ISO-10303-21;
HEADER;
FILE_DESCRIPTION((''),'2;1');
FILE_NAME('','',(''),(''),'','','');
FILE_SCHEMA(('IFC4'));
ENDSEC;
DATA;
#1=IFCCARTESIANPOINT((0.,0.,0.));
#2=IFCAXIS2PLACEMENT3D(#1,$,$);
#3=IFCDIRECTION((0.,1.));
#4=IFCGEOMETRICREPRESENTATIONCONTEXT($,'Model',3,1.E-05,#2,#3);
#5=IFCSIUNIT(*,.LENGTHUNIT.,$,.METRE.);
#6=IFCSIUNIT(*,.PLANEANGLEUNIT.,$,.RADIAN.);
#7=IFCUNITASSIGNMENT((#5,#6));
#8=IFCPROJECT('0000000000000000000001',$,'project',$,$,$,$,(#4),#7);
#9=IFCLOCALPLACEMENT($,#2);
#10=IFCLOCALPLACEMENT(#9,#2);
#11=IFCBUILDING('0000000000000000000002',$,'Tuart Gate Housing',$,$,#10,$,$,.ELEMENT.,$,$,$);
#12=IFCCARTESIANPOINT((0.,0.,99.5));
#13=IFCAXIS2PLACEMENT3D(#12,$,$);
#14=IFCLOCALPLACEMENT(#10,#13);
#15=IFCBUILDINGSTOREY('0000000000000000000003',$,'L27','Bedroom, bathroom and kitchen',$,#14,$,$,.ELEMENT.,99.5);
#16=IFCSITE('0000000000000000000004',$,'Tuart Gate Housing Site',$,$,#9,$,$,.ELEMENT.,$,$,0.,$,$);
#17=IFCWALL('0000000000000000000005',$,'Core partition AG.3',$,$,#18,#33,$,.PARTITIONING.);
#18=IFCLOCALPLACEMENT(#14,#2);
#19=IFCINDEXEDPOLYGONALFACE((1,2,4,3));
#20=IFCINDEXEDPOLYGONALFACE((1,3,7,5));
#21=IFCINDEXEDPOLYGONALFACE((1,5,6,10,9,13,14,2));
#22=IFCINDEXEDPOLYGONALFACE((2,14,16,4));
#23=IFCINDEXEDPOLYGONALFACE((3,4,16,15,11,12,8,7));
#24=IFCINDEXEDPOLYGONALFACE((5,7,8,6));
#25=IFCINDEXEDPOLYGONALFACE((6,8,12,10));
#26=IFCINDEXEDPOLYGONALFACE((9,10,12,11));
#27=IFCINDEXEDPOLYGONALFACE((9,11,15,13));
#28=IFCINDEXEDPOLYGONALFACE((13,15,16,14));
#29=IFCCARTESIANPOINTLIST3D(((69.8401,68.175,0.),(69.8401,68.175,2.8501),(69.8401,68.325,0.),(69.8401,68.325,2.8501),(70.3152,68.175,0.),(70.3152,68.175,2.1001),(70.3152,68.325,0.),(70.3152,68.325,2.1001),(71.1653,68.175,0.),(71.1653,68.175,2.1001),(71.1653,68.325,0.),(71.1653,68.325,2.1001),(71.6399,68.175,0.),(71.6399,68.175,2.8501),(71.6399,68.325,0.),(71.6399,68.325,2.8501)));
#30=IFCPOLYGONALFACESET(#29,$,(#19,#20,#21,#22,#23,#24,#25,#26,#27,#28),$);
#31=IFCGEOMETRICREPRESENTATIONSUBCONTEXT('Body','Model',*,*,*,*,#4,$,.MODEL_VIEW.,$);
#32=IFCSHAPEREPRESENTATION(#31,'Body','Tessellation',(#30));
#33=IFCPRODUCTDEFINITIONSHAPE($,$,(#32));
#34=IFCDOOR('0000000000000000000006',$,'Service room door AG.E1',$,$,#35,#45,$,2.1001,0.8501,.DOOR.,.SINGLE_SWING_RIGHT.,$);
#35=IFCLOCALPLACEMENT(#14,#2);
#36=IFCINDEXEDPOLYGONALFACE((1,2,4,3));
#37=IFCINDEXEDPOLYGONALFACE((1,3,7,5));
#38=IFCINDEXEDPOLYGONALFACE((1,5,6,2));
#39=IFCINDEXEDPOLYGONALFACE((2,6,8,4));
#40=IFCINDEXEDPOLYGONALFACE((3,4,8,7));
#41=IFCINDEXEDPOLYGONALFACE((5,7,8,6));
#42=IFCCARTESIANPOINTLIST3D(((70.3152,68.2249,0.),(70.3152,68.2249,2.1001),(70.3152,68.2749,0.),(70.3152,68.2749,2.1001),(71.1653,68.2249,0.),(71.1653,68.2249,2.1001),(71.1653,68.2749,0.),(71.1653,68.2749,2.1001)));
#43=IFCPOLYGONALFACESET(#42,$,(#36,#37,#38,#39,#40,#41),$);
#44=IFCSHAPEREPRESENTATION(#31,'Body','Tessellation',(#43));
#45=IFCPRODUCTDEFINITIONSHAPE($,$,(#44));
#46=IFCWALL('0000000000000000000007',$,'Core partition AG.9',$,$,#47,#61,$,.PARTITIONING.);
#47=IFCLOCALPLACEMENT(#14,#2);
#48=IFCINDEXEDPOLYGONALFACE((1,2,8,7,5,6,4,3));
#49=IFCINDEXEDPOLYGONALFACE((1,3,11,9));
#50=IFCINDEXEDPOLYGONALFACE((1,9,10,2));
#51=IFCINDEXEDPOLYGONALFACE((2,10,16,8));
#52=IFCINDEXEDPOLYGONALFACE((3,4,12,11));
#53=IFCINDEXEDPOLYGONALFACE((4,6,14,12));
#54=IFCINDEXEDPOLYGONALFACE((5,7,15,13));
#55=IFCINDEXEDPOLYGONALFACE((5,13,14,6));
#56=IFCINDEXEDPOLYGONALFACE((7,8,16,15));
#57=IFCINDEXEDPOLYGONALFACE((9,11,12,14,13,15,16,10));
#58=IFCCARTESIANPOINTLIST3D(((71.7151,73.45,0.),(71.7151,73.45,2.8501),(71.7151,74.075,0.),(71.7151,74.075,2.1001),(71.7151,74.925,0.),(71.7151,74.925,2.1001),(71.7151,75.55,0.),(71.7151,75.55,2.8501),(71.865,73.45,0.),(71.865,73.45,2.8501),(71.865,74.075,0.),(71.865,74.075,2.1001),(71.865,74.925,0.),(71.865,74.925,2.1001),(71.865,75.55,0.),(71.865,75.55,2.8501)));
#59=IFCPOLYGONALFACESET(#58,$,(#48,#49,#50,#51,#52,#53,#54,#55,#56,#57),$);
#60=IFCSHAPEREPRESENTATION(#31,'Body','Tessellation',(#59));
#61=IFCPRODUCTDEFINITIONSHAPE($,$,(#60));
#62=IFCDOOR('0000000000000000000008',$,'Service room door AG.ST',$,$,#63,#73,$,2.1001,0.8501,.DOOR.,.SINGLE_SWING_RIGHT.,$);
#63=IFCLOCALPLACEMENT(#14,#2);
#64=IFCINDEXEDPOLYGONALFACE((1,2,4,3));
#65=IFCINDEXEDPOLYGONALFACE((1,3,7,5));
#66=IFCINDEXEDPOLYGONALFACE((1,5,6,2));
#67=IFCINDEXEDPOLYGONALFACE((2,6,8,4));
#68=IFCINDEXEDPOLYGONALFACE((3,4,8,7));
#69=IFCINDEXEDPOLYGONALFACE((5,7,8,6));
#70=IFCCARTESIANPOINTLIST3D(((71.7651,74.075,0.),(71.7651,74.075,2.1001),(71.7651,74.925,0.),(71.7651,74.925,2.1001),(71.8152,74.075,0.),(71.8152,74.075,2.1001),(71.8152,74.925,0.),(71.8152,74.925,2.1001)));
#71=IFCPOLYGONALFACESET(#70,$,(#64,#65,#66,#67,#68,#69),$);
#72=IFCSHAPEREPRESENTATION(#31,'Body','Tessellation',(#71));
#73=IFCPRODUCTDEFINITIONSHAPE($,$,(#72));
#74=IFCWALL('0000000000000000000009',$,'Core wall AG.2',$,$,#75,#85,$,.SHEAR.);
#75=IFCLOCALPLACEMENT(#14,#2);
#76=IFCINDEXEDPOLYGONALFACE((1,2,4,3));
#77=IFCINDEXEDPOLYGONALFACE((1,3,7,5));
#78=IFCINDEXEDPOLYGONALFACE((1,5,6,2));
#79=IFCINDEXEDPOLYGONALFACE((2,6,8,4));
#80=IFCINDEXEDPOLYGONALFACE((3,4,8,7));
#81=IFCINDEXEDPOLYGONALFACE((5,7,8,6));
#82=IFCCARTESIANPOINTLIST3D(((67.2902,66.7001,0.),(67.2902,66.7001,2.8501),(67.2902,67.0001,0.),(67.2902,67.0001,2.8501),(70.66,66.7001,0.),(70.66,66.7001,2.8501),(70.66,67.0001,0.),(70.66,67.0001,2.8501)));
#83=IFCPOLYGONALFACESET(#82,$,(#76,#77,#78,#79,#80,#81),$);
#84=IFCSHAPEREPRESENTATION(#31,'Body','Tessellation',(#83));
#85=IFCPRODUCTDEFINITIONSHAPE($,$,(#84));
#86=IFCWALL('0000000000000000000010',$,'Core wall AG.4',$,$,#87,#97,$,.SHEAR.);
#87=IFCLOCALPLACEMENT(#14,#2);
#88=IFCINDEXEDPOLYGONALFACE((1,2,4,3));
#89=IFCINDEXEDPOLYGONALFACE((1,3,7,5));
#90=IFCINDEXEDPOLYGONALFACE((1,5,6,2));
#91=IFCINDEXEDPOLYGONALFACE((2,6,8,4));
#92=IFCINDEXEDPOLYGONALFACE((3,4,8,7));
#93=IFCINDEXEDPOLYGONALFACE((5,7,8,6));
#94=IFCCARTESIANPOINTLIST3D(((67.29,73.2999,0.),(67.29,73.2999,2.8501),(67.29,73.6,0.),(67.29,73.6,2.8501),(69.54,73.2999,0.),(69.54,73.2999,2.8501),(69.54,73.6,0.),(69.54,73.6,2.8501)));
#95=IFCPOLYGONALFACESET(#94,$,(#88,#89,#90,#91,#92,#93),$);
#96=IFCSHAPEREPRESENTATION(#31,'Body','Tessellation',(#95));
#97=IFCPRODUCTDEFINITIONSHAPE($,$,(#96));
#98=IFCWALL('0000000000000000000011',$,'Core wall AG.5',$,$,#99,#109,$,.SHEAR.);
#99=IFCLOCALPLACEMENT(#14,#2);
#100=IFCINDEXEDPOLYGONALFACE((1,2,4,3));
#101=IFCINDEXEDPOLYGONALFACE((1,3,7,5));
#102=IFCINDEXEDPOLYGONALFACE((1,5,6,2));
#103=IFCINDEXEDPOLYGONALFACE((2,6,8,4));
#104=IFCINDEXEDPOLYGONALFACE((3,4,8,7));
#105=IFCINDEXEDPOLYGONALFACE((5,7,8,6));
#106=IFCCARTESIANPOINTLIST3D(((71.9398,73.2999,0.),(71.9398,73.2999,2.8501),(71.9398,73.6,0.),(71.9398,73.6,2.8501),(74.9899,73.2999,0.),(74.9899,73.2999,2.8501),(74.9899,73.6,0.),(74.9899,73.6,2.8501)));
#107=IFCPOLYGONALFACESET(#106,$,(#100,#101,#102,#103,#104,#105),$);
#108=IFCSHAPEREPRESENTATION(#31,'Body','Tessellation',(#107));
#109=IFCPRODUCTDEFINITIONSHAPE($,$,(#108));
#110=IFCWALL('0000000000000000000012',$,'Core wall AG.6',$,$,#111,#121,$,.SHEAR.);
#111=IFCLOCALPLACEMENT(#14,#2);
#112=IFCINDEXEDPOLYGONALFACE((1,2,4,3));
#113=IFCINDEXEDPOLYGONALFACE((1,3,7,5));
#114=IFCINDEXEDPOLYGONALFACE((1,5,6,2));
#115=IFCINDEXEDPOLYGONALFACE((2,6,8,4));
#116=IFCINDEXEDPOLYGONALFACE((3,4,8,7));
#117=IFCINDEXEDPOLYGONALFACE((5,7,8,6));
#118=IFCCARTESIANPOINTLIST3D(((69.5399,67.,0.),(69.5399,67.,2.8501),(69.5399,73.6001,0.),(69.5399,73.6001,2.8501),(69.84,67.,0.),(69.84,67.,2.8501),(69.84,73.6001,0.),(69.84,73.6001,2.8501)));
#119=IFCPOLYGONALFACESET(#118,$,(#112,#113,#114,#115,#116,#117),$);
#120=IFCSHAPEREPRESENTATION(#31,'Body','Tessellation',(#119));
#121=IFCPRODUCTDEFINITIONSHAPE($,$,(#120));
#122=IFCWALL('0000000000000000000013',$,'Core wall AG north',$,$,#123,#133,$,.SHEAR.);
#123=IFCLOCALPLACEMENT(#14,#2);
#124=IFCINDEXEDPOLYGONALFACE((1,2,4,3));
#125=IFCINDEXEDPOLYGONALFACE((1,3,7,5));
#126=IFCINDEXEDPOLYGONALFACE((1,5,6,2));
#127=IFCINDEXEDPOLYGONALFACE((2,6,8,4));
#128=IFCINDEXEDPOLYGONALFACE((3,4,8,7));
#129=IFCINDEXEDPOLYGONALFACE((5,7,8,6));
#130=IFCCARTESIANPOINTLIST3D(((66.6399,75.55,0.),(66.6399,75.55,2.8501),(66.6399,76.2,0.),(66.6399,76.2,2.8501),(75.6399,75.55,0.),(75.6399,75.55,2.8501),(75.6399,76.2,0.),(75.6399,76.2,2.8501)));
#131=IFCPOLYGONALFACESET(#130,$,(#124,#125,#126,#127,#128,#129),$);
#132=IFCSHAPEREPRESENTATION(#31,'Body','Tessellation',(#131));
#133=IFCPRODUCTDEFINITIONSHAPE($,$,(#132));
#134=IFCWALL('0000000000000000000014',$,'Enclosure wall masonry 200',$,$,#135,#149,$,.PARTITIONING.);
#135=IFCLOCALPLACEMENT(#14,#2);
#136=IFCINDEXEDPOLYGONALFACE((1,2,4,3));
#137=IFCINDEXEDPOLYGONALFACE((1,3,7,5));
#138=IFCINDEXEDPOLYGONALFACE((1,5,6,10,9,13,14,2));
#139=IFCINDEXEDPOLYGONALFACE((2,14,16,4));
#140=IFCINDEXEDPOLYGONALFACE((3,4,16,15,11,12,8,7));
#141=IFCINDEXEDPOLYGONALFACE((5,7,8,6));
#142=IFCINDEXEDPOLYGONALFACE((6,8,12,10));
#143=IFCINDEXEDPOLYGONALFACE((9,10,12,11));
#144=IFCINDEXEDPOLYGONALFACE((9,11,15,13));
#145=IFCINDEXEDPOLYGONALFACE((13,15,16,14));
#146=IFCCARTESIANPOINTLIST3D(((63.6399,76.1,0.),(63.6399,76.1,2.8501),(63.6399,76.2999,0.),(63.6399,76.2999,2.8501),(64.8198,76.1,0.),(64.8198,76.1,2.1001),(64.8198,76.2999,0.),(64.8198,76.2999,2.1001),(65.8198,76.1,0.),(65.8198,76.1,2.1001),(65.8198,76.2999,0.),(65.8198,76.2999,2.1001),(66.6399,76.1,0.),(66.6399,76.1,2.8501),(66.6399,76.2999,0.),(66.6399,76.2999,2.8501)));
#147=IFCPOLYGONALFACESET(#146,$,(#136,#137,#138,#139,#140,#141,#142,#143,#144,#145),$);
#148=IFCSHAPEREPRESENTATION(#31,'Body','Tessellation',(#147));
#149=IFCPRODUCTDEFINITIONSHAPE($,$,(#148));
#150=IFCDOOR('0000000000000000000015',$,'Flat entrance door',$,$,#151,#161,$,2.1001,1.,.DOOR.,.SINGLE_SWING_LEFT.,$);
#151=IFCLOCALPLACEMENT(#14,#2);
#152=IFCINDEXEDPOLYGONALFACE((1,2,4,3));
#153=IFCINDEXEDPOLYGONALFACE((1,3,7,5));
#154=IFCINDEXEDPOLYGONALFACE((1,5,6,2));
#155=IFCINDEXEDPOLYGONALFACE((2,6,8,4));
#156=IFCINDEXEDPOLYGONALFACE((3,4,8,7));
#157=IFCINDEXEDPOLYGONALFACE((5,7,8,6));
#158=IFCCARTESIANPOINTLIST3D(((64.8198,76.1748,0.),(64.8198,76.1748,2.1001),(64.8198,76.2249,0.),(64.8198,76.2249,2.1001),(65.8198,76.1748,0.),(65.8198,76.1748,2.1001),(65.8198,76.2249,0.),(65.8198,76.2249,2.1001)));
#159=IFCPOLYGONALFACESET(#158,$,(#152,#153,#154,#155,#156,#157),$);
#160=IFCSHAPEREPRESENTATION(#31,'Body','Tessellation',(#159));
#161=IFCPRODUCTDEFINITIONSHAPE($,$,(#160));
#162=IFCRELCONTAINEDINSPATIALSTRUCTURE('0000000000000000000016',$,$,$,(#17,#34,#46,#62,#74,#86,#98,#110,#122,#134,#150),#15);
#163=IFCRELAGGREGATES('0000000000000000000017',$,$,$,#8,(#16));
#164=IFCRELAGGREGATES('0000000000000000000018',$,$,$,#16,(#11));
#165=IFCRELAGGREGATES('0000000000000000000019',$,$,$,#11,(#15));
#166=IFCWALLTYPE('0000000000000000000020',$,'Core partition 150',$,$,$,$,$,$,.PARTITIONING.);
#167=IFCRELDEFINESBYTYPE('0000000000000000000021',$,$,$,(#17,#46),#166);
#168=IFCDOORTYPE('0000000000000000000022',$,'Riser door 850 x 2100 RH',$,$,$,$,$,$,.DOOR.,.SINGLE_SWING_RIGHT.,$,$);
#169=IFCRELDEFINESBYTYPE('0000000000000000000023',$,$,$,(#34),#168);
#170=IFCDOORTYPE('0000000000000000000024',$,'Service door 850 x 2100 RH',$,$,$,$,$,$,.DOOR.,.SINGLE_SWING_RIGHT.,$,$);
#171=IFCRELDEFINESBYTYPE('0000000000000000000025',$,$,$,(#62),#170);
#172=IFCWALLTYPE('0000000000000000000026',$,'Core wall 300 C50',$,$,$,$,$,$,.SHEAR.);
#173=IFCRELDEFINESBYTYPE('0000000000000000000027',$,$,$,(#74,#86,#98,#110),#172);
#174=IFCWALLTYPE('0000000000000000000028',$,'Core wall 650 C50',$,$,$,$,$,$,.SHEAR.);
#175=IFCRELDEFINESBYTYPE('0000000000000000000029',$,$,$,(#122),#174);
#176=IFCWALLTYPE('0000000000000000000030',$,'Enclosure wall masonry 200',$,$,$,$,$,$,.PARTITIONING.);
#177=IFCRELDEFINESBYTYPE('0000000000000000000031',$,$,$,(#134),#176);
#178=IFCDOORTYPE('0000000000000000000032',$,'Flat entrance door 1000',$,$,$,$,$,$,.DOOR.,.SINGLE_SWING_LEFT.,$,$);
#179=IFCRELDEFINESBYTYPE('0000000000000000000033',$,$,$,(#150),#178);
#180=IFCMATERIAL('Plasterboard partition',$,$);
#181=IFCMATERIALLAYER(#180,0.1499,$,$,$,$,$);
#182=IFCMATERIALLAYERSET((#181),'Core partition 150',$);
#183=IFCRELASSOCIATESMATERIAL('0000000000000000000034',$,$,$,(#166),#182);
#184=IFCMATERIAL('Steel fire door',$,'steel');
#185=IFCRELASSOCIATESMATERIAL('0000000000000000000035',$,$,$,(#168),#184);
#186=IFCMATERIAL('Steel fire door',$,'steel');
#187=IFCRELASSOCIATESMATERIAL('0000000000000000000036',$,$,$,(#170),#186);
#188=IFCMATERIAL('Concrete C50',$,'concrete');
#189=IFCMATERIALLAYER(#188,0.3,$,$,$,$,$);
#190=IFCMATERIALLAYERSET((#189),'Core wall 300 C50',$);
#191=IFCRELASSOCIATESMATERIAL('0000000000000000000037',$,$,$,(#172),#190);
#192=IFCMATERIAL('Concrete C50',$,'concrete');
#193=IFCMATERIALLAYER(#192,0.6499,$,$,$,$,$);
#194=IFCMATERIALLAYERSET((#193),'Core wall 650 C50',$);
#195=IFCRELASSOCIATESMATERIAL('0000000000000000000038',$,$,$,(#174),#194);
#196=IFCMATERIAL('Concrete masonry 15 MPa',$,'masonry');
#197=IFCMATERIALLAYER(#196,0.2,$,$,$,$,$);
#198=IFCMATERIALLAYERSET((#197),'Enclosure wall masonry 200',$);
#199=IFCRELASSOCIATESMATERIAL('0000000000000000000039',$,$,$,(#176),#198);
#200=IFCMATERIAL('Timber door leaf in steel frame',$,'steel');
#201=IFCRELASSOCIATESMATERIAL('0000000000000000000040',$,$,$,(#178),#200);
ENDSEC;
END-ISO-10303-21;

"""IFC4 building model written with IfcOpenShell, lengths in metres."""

from ifc_helpers import new_model, si_unit, direction, frame, frame_2d, origin, place, context, subcontext, project, spatial, rectangle, extrude, material, layer, layer_set, type_object, element, fill, save


model = new_model("IFC4")

# Units and contexts
model_context = context("Model", 3, precision=1e-05, world=origin(), true_north=direction((0.0, 1.0)))
body_context = subcontext(model_context, "Body", "Model", "MODEL_VIEW")
ifc_project = project(units=[si_unit("LENGTHUNIT", "METRE"), si_unit("PLANEANGLEUNIT", "RADIAN")], contexts=[model_context])

# Site, building, storey
site_placement = place(None, origin())
site = spatial("IfcSite", under=ifc_project, at=site_placement, Name="Tuart Gate Housing Site", CompositionType="ELEMENT", RefElevation=0.0)
building_placement = place(site_placement, origin())
building = spatial("IfcBuilding", under=site, at=building_placement, Name="Tuart Gate Housing", CompositionType="ELEMENT")
storey_placement = place(building_placement, frame((0.0, 0.0, 99.5)))
storey = spatial("IfcBuildingStorey", under=building, at=storey_placement, Name="L27", Description="Bedroom, bathroom and kitchen", CompositionType="ELEMENT", Elevation=99.5)

# Walls, openings, doors
ifc_material_1 = material(Name="Plasterboard partition")
ifc_layer_1 = layer(ifc_material_1, 0.1499)
ifc_layer_set_1 = layer_set([ifc_layer_1], Name="Core partition 150")
wall_type_1 = type_object("IfcWallType", Name="Core partition 150", PredefinedType="PARTITIONING", material=ifc_layer_set_1)
wall_1_placement = place(storey_placement, frame((69.8401, 68.25, 0.0), z_axis=(0.0, 0.0, 1.0), x_axis=(1.0, 0.0, 0.0)))
wall_1 = element("IfcWall", 1, at=wall_1_placement, inside=storey, type_object=wall_type_1, Name="Core partition AG.3", PredefinedType="PARTITIONING", context=body_context, shape_type="SweptSolid", body=[
    extrude(rectangle(XDim=1.7998, YDim=0.1499, at=frame_2d((0.8999, 0.0))), origin(), (0.0, 0.0, 1.0), 2.8501),
])
opening_1_placement = place(wall_1_placement, frame((0.4751, 0.0, 0.0)))
opening_1 = element("IfcOpeningElement", 2, at=opening_1_placement, cuts=wall_1, PredefinedType="OPENING", context=body_context, shape_type="SweptSolid", body=[
    extrude(rectangle(XDim=0.8501, YDim=2.1001, at=frame_2d((0.425, 1.05))), frame((0.0, 0.085, 0.0), z_axis=(0.0, -1.0, 0.0), x_axis=(1.0, 0.0, 0.0)), (0.0, 0.0, 1.0), 0.1699),
])
ifc_material_2 = material(Name="Steel fire door", Category="steel")
door_type_1 = type_object("IfcDoorType", Name="Riser door 850 x 2100 RH", OperationType="SINGLE_SWING_RIGHT", PredefinedType="DOOR", material=ifc_material_2)
door_1_placement = place(opening_1_placement, frame((0.8501, 0.0, 0.0), z_axis=(0.0, 0.0, 1.0), x_axis=(-1.0, 0.0, 0.0)))
door_1 = element("IfcDoor", 3, at=door_1_placement, inside=storey, type_object=door_type_1, Name="Service room door AG.E1", OperationType="SINGLE_SWING_RIGHT", OverallHeight=2.1001, OverallWidth=0.8501, PredefinedType="DOOR", context=body_context, shape_type="SweptSolid", body=[
    extrude(rectangle(XDim=0.8501, YDim=2.1001, at=frame_2d((0.425, 1.05))), frame((0.0, 0.0251, 0.0), z_axis=(0.0, -1.0, 0.0), x_axis=(1.0, 0.0, 0.0)), (0.0, 0.0, 1.0), 0.05),
])
fill(opening_1, door_1)
wall_2_placement = place(storey_placement, frame((71.79, 73.45, 0.0), z_axis=(0.0, 0.0, 1.0), x_axis=(0.0, 1.0, 0.0)))
wall_2 = element("IfcWall", 4, at=wall_2_placement, inside=storey, type_object=wall_type_1, Name="Core partition AG.9", PredefinedType="PARTITIONING", context=body_context, shape_type="SweptSolid", body=[
    extrude(rectangle(XDim=2.1001, YDim=0.1499, at=frame_2d((1.05, 0.0))), origin(), (0.0, 0.0, 1.0), 2.8501),
])
opening_2_placement = place(wall_2_placement, frame((0.625, 0.0, 0.0)))
opening_2 = element("IfcOpeningElement", 5, at=opening_2_placement, cuts=wall_2, PredefinedType="OPENING", context=body_context, shape_type="SweptSolid", body=[
    extrude(rectangle(XDim=0.8501, YDim=2.1001, at=frame_2d((0.425, 1.05))), frame((0.0, 0.085, 0.0), z_axis=(0.0, -1.0, 0.0), x_axis=(1.0, 0.0, 0.0)), (0.0, 0.0, 1.0), 0.1699),
])
ifc_material_3 = material(Name="Steel fire door", Category="steel")
door_type_2 = type_object("IfcDoorType", Name="Service door 850 x 2100 RH", OperationType="SINGLE_SWING_RIGHT", PredefinedType="DOOR", material=ifc_material_3)
door_2_placement = place(opening_2_placement, frame((0.8501, 0.0, 0.0), z_axis=(0.0, 0.0, 1.0), x_axis=(-1.0, 0.0, 0.0)))
door_2 = element("IfcDoor", 6, at=door_2_placement, inside=storey, type_object=door_type_2, Name="Service room door AG.ST", OperationType="SINGLE_SWING_RIGHT", OverallHeight=2.1001, OverallWidth=0.8501, PredefinedType="DOOR", context=body_context, shape_type="SweptSolid", body=[
    extrude(rectangle(XDim=0.8501, YDim=2.1001, at=frame_2d((0.425, 1.05))), frame((0.0, 0.0251, 0.0), z_axis=(0.0, -1.0, 0.0), x_axis=(1.0, 0.0, 0.0)), (0.0, 0.0, 1.0), 0.05),
])
fill(opening_2, door_2)

# Walls
ifc_material_4 = material(Name="Concrete C50", Category="concrete")
ifc_layer_2 = layer(ifc_material_4, 0.3)
ifc_layer_set_2 = layer_set([ifc_layer_2], Name="Core wall 300 C50")
wall_type_2 = type_object("IfcWallType", Name="Core wall 300 C50", PredefinedType="SHEAR", material=ifc_layer_set_2)
wall_3_placement = place(storey_placement, frame((67.29, 66.8501, 0.0), z_axis=(0.0, 0.0, 1.0), x_axis=(1.0, 0.0, 0.0)))
element("IfcWall", 7, at=wall_3_placement, inside=storey, type_object=wall_type_2, Name="Core wall AG.2", PredefinedType="SHEAR", context=body_context, shape_type="SweptSolid", body=[
    extrude(rectangle(XDim=3.3699, YDim=0.3, at=frame_2d((1.6851, 0.0))), origin(), (0.0, 0.0, 1.0), 2.8501),
])
wall_4_placement = place(storey_placement, frame((67.29, 73.45, 0.0), z_axis=(0.0, 0.0, 1.0), x_axis=(1.0, 0.0, 0.0)))
element("IfcWall", 8, at=wall_4_placement, inside=storey, type_object=wall_type_2, Name="Core wall AG.4", PredefinedType="SHEAR", context=body_context, shape_type="SweptSolid", body=[
    extrude(rectangle(XDim=2.25, YDim=0.3, at=frame_2d((1.125, 0.0))), origin(), (0.0, 0.0, 1.0), 2.8501),
])
wall_5_placement = place(storey_placement, frame((71.9399, 73.45, 0.0), z_axis=(0.0, 0.0, 1.0), x_axis=(1.0, 0.0, 0.0)))
element("IfcWall", 9, at=wall_5_placement, inside=storey, type_object=wall_type_2, Name="Core wall AG.5", PredefinedType="SHEAR", context=body_context, shape_type="SweptSolid", body=[
    extrude(rectangle(XDim=3.05, YDim=0.3, at=frame_2d((1.5249, 0.0))), origin(), (0.0, 0.0, 1.0), 2.8501),
])
wall_6_placement = place(storey_placement, frame((69.6899, 67.0, 0.0), z_axis=(0.0, 0.0, 1.0), x_axis=(0.0, 1.0, 0.0)))
element("IfcWall", 10, at=wall_6_placement, inside=storey, type_object=wall_type_2, Name="Core wall AG.6", PredefinedType="SHEAR", context=body_context, shape_type="SweptSolid", body=[
    extrude(rectangle(XDim=6.6001, YDim=0.3, at=frame_2d((3.3, 0.0))), origin(), (0.0, 0.0, 1.0), 2.8501),
])
ifc_material_5 = material(Name="Concrete C50", Category="concrete")
ifc_layer_3 = layer(ifc_material_5, 0.6499)
ifc_layer_set_3 = layer_set([ifc_layer_3], Name="Core wall 650 C50")
wall_type_3 = type_object("IfcWallType", Name="Core wall 650 C50", PredefinedType="SHEAR", material=ifc_layer_set_3)
wall_7_placement = place(storey_placement, frame((66.6399, 75.875, 0.0), z_axis=(0.0, 0.0, 1.0), x_axis=(1.0, 0.0, 0.0)))
element("IfcWall", 11, at=wall_7_placement, inside=storey, type_object=wall_type_3, Name="Core wall AG north", PredefinedType="SHEAR", context=body_context, shape_type="SweptSolid", body=[
    extrude(rectangle(XDim=9.0, YDim=0.6499, at=frame_2d((4.5, 0.0))), origin(), (0.0, 0.0, 1.0), 2.8501),
])

# Wall, opening, door
ifc_material_6 = material(Name="Concrete masonry 15 MPa", Category="masonry")
ifc_layer_4 = layer(ifc_material_6, 0.2)
ifc_layer_set_4 = layer_set([ifc_layer_4], Name="Enclosure wall masonry 200")
wall_type_4 = type_object("IfcWallType", Name="Enclosure wall masonry 200", PredefinedType="PARTITIONING", material=ifc_layer_set_4)
wall_8_placement = place(storey_placement, frame((63.6399, 76.2, 0.0), z_axis=(0.0, 0.0, 1.0), x_axis=(1.0, 0.0, 0.0)))
wall_8 = element("IfcWall", 12, at=wall_8_placement, inside=storey, type_object=wall_type_4, Name="Enclosure wall masonry 200", PredefinedType="PARTITIONING", context=body_context, shape_type="SweptSolid", body=[
    extrude(rectangle(XDim=3.0, YDim=0.2, at=frame_2d((1.5, 0.0))), origin(), (0.0, 0.0, 1.0), 2.8501),
])
opening_3_placement = place(wall_8_placement, frame((1.1799, 0.0, 0.0)))
opening_3 = element("IfcOpeningElement", 13, at=opening_3_placement, cuts=wall_8, PredefinedType="OPENING", context=body_context, shape_type="SweptSolid", body=[
    extrude(rectangle(XDim=1.0, YDim=2.1001, at=frame_2d((0.5, 1.05))), frame((0.0, 0.1099, 0.0), z_axis=(0.0, -1.0, 0.0), x_axis=(1.0, 0.0, 0.0)), (0.0, 0.0, 1.0), 0.22),
])
ifc_material_7 = material(Name="Timber door leaf in steel frame", Category="steel")
door_type_3 = type_object("IfcDoorType", Name="Flat entrance door 1000", OperationType="SINGLE_SWING_LEFT", PredefinedType="DOOR", material=ifc_material_7)
door_3_placement = place(opening_3_placement, origin())
door_3 = element("IfcDoor", 14, at=door_3_placement, inside=storey, type_object=door_type_3, Name="Flat entrance door", OperationType="SINGLE_SWING_LEFT", OverallHeight=2.1001, OverallWidth=1.0, PredefinedType="DOOR", context=body_context, shape_type="SweptSolid", body=[
    extrude(rectangle(XDim=1.0, YDim=2.1001, at=frame_2d((0.5, 1.05))), frame((0.0, 0.0249, 0.0), z_axis=(0.0, -1.0, 0.0), x_axis=(1.0, 0.0, 0.0)), (0.0, 0.0, 1.0), 0.05),
])
fill(opening_3, door_3)

save(model, "model.ifc")
